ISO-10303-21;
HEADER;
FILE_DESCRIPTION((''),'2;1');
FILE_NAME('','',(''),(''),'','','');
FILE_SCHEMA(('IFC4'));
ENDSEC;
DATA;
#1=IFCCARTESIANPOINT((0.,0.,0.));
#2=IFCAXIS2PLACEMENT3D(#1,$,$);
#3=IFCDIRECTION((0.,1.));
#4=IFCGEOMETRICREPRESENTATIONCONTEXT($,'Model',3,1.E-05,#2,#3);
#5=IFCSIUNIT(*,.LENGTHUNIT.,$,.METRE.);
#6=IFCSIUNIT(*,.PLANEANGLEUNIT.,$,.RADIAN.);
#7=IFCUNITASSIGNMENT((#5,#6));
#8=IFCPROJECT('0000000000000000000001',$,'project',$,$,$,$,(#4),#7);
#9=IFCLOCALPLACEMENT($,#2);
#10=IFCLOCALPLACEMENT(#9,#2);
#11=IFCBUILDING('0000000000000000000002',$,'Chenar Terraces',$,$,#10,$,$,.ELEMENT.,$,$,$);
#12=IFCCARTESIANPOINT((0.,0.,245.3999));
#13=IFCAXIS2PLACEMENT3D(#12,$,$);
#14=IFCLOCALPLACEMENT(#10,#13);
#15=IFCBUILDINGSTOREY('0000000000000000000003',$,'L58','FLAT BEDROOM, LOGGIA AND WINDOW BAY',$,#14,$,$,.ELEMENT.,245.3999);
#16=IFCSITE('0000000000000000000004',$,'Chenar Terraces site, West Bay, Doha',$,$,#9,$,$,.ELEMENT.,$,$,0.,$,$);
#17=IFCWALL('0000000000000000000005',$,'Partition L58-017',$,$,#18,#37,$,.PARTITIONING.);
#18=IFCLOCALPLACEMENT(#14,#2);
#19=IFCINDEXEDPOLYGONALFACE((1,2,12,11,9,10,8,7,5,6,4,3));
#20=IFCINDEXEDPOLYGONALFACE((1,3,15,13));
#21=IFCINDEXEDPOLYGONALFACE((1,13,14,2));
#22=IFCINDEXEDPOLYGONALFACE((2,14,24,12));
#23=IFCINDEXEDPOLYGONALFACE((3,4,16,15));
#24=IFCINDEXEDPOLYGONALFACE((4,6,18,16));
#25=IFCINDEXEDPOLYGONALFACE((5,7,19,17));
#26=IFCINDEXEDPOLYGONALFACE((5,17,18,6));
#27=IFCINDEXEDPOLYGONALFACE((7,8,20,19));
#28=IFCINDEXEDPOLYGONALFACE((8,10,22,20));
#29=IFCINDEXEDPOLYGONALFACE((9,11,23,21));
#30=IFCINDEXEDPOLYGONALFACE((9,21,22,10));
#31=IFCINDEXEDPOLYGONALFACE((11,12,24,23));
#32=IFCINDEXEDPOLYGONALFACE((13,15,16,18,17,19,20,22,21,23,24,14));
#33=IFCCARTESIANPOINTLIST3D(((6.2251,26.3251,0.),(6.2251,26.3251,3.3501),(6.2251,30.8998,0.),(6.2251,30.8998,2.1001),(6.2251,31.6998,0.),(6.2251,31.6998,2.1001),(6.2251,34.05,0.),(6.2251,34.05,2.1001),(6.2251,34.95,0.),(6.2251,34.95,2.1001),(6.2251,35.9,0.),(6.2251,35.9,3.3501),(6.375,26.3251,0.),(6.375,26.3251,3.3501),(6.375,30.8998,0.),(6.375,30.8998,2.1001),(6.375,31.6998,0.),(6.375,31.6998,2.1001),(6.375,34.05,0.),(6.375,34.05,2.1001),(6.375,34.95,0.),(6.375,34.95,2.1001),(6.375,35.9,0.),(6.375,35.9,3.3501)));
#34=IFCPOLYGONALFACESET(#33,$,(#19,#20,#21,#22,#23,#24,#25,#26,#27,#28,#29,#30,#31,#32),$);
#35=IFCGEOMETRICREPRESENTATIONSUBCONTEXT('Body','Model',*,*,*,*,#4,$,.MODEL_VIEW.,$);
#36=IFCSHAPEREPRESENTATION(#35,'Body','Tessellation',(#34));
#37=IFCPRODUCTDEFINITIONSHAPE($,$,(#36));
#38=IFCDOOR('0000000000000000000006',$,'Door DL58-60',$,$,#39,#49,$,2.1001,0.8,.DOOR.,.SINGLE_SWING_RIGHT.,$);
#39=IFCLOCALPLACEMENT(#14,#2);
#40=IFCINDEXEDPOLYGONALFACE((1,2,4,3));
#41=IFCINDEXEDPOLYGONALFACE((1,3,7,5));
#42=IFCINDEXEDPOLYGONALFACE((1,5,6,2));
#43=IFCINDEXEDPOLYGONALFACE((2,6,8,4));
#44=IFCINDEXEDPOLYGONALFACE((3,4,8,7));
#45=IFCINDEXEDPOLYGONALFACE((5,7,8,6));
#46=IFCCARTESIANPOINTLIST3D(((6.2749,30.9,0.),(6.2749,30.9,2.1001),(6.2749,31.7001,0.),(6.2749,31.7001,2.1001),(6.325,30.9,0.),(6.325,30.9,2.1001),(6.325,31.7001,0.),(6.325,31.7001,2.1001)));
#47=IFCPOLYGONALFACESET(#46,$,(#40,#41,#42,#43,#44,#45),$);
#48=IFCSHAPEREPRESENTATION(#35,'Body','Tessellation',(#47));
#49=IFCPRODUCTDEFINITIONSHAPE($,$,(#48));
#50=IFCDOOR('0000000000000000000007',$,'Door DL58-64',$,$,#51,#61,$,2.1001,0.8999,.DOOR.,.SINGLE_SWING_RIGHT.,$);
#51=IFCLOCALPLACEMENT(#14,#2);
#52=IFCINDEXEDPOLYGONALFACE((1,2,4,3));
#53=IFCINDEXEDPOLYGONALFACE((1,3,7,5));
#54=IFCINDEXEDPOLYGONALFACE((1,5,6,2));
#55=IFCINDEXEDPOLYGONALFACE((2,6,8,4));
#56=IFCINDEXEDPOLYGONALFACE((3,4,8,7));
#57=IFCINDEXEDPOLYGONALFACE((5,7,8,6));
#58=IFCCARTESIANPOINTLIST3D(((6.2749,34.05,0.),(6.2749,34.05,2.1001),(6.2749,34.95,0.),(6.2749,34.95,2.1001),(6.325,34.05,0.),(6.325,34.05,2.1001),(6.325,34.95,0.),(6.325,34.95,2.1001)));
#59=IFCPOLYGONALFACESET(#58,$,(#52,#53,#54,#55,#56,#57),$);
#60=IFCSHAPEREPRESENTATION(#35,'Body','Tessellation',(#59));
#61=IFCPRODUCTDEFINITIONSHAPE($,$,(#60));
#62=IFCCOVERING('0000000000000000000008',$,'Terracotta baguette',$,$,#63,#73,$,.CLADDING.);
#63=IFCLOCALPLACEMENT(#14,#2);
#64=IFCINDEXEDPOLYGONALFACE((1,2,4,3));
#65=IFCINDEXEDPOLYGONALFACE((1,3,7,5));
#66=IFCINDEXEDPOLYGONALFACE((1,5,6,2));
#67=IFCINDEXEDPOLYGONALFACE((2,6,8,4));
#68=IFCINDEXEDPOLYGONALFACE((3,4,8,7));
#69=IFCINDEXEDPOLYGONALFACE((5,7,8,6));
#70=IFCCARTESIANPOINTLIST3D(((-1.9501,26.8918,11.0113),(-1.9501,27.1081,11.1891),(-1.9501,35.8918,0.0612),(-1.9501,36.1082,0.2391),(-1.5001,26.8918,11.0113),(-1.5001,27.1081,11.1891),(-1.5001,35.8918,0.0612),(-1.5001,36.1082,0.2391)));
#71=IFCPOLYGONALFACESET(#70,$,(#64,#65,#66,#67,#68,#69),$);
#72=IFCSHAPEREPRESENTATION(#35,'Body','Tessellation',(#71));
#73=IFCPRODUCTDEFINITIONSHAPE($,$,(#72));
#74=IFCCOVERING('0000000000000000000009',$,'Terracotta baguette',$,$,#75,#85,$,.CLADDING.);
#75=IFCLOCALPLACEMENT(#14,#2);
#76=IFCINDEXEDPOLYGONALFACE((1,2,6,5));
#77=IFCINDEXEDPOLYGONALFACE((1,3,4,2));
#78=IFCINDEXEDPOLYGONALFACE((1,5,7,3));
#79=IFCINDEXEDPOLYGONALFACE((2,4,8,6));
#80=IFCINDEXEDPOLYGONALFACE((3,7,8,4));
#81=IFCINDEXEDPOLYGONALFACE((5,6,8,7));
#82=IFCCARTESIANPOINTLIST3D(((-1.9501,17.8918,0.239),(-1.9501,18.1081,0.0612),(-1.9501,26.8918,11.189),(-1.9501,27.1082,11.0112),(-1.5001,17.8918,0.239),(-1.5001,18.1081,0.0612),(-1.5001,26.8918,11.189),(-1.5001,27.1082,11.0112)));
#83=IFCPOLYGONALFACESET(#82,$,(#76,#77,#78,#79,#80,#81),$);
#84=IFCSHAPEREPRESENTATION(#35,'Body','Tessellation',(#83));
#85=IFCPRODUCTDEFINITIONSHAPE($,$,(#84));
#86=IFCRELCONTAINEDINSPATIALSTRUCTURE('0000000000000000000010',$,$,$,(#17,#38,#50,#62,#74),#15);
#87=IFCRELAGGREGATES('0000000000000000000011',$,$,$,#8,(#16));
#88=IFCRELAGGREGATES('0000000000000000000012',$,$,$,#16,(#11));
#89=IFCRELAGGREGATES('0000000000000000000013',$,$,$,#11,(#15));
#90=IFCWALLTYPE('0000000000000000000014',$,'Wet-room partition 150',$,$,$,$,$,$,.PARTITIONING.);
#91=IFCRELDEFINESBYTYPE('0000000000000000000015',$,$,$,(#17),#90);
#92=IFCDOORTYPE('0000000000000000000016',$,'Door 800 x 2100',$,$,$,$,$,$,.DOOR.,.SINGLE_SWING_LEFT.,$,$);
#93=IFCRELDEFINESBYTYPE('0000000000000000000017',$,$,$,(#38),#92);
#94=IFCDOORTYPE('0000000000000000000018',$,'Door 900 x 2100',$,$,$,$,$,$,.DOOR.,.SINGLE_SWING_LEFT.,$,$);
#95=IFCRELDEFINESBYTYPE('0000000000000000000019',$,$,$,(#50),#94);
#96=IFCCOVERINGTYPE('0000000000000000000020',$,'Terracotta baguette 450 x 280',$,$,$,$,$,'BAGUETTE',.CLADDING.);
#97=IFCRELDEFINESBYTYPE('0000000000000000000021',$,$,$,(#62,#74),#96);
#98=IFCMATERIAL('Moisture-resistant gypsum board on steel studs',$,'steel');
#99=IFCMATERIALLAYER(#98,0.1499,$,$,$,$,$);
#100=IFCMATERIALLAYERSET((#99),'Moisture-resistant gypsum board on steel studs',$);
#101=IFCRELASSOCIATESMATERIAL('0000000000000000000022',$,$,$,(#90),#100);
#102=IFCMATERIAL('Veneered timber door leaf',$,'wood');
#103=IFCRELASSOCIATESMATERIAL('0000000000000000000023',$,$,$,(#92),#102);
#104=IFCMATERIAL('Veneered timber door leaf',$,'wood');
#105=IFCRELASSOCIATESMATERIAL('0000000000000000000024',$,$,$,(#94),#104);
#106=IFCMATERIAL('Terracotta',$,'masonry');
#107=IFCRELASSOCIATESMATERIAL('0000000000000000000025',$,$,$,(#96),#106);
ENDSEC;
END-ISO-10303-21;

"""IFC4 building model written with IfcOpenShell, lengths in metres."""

from ifc_helpers import new_model, si_unit, direction, frame, frame_2d, origin, origin_2d, place, context, subcontext, project, spatial, rectangle, extrude, material, layer, layer_set, material_profile, profile_set, type_object, element, fill, save


model = new_model("IFC4")

# Units and contexts
model_context = context("Model", 3, precision=1e-05, world=origin(), true_north=direction((0.0, 1.0)))
body_context = subcontext(model_context, "Body", "Model", "MODEL_VIEW")
ifc_project = project(units=[si_unit("LENGTHUNIT", "METRE"), si_unit("PLANEANGLEUNIT", "RADIAN")], contexts=[model_context])

# Site, building, storey
site_placement = place(None, origin())
site = spatial("IfcSite", under=ifc_project, at=site_placement, Name="Chenar Terraces site, West Bay, Doha", CompositionType="ELEMENT", RefElevation=0.0)
building_placement = place(site_placement, origin())
building = spatial("IfcBuilding", under=site, at=building_placement, Name="Chenar Terraces", CompositionType="ELEMENT")
storey_placement = place(building_placement, frame((0.0, 0.0, 245.3999)))
storey = spatial("IfcBuildingStorey", under=building, at=storey_placement, Name="L58", Description="FLAT BEDROOM, LOGGIA AND WINDOW BAY", CompositionType="ELEMENT", Elevation=245.3999)

# Wall, openings, doors
ifc_material_1 = material(Name="Moisture-resistant gypsum board on steel studs", Category="steel")
ifc_layer_1 = layer(ifc_material_1, 0.1499)
ifc_layer_set_1 = layer_set([ifc_layer_1], Name="Moisture-resistant gypsum board on steel studs")
wall_type_1 = type_object("IfcWallType", Name="Wet-room partition 150", PredefinedType="PARTITIONING", material=ifc_layer_set_1)
wall_1_placement = place(storey_placement, frame((6.3, 26.325, 0.0), z_axis=(0.0, 0.0, 1.0), x_axis=(0.0, 1.0, 0.0)))
wall_1 = element("IfcWall", 1, at=wall_1_placement, inside=storey, type_object=wall_type_1, Name="Partition L58-017", PredefinedType="PARTITIONING", context=body_context, shape_type="SweptSolid", body=[
    extrude(rectangle(XDim=9.575, YDim=0.1499, at=frame_2d((4.7876, 0.0))), origin(), (0.0, 0.0, 1.0), 3.3501),
])
opening_1_placement = place(wall_1_placement, frame((4.575, 0.0, 0.0)))
opening_1 = element("IfcOpeningElement", 2, at=opening_1_placement, cuts=wall_1, PredefinedType="OPENING", context=body_context, shape_type="SweptSolid", body=[
    extrude(rectangle(XDim=0.8, YDim=2.1001, at=frame_2d((0.3999, 1.05))), frame((0.0, 0.085, 0.0), z_axis=(0.0, -1.0, 0.0), x_axis=(1.0, 0.0, 0.0)), (0.0, 0.0, 1.0), 0.1699),
])
opening_2_placement = place(wall_1_placement, frame((7.7251, 0.0, 0.0)))
opening_2 = element("IfcOpeningElement", 3, at=opening_2_placement, cuts=wall_1, PredefinedType="OPENING", context=body_context, shape_type="SweptSolid", body=[
    extrude(rectangle(XDim=0.8999, YDim=2.1001, at=frame_2d((0.45, 1.05))), frame((0.0, 0.085, 0.0), z_axis=(0.0, -1.0, 0.0), x_axis=(1.0, 0.0, 0.0)), (0.0, 0.0, 1.0), 0.1699),
])
ifc_material_2 = material(Name="Veneered timber door leaf", Category="wood")
door_type_1 = type_object("IfcDoorType", Name="Door 800 x 2100", OperationType="SINGLE_SWING_LEFT", PredefinedType="DOOR", material=ifc_material_2)
door_1_placement = place(opening_1_placement, frame((0.8, 0.0, 0.0), z_axis=(0.0, 0.0, 1.0), x_axis=(-1.0, 0.0, 0.0)))
door_1 = element("IfcDoor", 4, at=door_1_placement, inside=storey, type_object=door_type_1, Name="Door DL58-60", OperationType="SINGLE_SWING_RIGHT", OverallHeight=2.1001, OverallWidth=0.8, PredefinedType="DOOR", context=body_context, shape_type="SweptSolid", body=[
    extrude(rectangle(XDim=0.8, YDim=2.1001, at=frame_2d((0.3999, 1.05))), frame((0.0, 0.0249, 0.0), z_axis=(0.0, -1.0, 0.0), x_axis=(1.0, 0.0, 0.0)), (0.0, 0.0, 1.0), 0.05),
])
fill(opening_1, door_1)
ifc_material_3 = material(Name="Veneered timber door leaf", Category="wood")
door_type_2 = type_object("IfcDoorType", Name="Door 900 x 2100", OperationType="SINGLE_SWING_LEFT", PredefinedType="DOOR", material=ifc_material_3)
door_2_placement = place(opening_2_placement, frame((0.8999, 0.0, 0.0), z_axis=(0.0, 0.0, 1.0), x_axis=(-1.0, 0.0, 0.0)))
door_2 = element("IfcDoor", 5, at=door_2_placement, inside=storey, type_object=door_type_2, Name="Door DL58-64", OperationType="SINGLE_SWING_RIGHT", OverallHeight=2.1001, OverallWidth=0.8999, PredefinedType="DOOR", context=body_context, shape_type="SweptSolid", body=[
    extrude(rectangle(XDim=0.8999, YDim=2.1001, at=frame_2d((0.45, 1.05))), frame((0.0, 0.0249, 0.0), z_axis=(0.0, -1.0, 0.0), x_axis=(1.0, 0.0, 0.0)), (0.0, 0.0, 1.0), 0.05),
])
fill(opening_2, door_2)

# Coverings
ifc_material_4 = material(Name="Terracotta", Category="masonry")
ifc_material_profile_1 = material_profile(ifc_material_4, rectangle(XDim=0.45, YDim=0.28, at=origin_2d()), Name="Terracotta baguette 450 x 280")
ifc_profile_set_1 = profile_set([ifc_material_profile_1], Name="Terracotta")
covering_type = type_object("IfcCoveringType", Name="Terracotta baguette 450 x 280", ElementType="BAGUETTE", PredefinedType="CLADDING", material=ifc_profile_set_1)
for number, where, z_axis, x_axis, name in (
    (6, (-1.7251, 36.0, 0.1501), (0.0, -0.634967, 0.772539), (1.0, 0.0, 0.0), "Terracotta baguette"),
    (7, (-1.7251, 27.0, 11.1001), (0.0, -0.634967, -0.772539), (1.0, 0.0, 0.0), "Terracotta baguette"),
):
    element("IfcCovering", number, at=place(storey_placement, frame(where, z_axis=z_axis, x_axis=x_axis)), inside=storey, type_object=covering_type, Name=name, PredefinedType="CLADDING", context=body_context, shape_type="SweptSolid", body=[
        extrude(rectangle(XDim=0.45, YDim=0.28, at=origin_2d()), origin(), (0.0, 0.0, 1.0), 14.1741),
    ])

save(model, "model.ifc")
